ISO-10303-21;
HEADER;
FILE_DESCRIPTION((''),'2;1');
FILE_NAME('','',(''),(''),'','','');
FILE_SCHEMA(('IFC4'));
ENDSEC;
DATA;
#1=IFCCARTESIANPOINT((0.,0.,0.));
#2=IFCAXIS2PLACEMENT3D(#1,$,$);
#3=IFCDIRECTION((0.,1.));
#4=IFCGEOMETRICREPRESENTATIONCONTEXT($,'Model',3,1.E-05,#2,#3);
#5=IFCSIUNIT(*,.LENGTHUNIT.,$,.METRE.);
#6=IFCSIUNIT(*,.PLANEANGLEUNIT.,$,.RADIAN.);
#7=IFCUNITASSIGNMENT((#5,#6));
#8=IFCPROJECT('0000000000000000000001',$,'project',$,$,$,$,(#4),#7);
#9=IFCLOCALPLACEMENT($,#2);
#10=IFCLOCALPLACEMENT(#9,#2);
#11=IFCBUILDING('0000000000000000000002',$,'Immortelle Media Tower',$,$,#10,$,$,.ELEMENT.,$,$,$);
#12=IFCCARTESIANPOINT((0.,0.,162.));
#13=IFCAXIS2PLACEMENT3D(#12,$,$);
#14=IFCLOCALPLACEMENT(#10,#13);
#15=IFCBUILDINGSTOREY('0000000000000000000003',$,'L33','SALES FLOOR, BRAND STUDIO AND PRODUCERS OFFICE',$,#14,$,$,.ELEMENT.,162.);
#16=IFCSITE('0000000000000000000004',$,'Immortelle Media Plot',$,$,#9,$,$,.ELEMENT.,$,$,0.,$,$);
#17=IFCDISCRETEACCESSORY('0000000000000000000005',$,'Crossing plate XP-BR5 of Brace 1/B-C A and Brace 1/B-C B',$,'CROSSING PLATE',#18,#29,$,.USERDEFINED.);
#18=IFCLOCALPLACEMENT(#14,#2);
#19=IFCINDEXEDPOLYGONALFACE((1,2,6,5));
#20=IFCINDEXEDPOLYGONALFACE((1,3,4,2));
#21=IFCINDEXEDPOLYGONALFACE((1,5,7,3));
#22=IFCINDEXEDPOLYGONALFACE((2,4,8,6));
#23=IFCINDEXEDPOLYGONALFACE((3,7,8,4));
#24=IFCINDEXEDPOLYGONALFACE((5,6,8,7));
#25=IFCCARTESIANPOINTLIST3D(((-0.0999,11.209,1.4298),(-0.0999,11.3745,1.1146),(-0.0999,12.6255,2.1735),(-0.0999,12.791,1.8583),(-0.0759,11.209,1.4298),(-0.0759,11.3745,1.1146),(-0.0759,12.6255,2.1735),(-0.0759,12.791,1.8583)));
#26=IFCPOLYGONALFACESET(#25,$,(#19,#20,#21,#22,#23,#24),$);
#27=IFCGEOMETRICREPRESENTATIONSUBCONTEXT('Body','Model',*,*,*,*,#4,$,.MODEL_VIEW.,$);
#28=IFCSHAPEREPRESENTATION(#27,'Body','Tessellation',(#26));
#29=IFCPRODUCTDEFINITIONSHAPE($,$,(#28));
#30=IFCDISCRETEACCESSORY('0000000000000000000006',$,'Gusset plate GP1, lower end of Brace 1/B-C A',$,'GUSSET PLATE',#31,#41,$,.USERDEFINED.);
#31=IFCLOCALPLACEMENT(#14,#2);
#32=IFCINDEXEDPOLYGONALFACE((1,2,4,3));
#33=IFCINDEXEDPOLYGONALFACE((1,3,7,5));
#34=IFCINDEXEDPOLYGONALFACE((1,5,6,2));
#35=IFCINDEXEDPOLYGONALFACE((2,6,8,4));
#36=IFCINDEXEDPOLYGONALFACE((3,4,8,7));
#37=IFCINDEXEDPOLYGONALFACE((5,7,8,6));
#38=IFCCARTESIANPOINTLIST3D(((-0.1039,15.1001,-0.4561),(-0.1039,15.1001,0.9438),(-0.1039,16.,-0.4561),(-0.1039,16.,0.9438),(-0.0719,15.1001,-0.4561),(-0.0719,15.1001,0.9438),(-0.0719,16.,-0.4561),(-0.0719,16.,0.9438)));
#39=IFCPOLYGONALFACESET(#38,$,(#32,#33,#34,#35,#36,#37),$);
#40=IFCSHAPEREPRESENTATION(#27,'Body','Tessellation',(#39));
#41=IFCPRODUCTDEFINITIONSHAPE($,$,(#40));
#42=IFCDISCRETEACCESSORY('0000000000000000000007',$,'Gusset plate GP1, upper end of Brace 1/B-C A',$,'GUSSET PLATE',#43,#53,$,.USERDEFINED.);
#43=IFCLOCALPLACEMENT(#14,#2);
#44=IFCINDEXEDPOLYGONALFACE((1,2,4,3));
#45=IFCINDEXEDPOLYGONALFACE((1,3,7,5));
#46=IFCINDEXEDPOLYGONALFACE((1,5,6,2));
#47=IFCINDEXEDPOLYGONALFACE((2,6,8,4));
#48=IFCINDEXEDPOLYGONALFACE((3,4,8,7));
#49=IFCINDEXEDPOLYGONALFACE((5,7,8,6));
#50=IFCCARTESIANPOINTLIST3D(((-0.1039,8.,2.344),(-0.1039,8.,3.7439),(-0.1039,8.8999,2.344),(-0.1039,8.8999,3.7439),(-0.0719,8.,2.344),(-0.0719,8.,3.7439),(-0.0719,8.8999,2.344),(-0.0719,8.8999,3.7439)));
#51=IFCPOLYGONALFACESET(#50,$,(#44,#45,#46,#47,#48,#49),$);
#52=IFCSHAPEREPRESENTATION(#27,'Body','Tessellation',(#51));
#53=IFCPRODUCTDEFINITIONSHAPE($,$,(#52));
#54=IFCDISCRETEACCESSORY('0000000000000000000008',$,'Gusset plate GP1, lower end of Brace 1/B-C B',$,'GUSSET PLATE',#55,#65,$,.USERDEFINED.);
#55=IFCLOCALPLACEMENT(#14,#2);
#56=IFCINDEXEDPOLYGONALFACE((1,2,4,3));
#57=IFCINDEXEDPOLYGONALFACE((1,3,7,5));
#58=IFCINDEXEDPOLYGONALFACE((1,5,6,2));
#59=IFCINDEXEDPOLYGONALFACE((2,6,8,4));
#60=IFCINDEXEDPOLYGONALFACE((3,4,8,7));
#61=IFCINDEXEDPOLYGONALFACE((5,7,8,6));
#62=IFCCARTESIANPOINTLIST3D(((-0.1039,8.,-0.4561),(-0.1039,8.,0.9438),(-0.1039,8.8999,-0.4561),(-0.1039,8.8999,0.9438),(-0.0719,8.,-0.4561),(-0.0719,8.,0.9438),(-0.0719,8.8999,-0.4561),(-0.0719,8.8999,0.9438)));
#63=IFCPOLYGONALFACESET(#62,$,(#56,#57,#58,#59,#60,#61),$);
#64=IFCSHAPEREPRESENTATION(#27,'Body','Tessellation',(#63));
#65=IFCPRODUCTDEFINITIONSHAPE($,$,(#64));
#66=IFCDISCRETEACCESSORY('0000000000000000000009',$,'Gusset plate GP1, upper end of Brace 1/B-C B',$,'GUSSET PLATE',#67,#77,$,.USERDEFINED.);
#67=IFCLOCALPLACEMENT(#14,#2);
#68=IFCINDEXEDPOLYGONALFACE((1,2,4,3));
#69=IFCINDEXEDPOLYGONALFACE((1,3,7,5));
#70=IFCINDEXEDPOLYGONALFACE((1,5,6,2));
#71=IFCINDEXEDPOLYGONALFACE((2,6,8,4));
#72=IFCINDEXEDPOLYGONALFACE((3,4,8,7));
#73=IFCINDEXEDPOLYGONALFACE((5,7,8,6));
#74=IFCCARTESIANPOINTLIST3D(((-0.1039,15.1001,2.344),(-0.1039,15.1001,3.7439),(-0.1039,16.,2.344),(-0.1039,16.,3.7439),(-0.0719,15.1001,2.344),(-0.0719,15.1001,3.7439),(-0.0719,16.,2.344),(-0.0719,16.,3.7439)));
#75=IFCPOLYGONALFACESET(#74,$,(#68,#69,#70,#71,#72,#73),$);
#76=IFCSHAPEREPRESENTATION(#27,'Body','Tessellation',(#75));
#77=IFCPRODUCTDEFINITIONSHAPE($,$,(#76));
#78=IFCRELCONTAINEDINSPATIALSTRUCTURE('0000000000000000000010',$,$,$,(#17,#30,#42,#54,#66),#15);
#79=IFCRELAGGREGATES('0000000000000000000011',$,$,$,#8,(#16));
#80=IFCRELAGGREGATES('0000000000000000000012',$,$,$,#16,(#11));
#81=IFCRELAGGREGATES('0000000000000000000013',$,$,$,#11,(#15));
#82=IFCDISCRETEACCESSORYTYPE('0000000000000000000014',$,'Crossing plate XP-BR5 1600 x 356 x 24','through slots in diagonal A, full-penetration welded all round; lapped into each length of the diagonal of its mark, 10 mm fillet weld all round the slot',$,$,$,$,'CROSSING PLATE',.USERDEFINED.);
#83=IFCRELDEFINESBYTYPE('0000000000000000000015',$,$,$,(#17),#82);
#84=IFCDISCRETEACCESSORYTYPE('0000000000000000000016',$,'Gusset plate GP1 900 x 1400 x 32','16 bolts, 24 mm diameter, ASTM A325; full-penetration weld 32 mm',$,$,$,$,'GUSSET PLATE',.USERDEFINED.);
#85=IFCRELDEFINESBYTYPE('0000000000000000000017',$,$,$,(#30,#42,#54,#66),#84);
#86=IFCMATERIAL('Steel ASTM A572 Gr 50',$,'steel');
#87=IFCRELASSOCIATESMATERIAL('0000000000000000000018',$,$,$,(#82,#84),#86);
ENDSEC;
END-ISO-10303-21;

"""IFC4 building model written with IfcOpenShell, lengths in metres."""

from ifc_helpers import new_model, si_unit, direction, frame, origin, origin_2d, place, context, subcontext, project, spatial, rectangle, extrude, material, material_profile, profile_set, type_object, element, save


model = new_model("IFC4")

# Units and contexts
model_context = context("Model", 3, precision=1e-05, world=origin(), true_north=direction((0.0, 1.0)))
body_context = subcontext(model_context, "Body", "Model", "MODEL_VIEW")
ifc_project = project(units=[si_unit("LENGTHUNIT", "METRE"), si_unit("PLANEANGLEUNIT", "RADIAN")], contexts=[model_context])

# Site, building, storey
site_placement = place(None, origin())
site = spatial("IfcSite", under=ifc_project, at=site_placement, Name="Immortelle Media Plot", CompositionType="ELEMENT", RefElevation=0.0)
building_placement = place(site_placement, origin())
building = spatial("IfcBuilding", under=site, at=building_placement, Name="Immortelle Media Tower", CompositionType="ELEMENT")
storey_placement = place(building_placement, frame((0.0, 0.0, 162.0)))
storey = spatial("IfcBuildingStorey", under=building, at=storey_placement, Name="L33", Description="SALES FLOOR, BRAND STUDIO AND PRODUCERS OFFICE", CompositionType="ELEMENT", Elevation=162.0)

# Discrete accessories
ifc_material_1 = material(Name="Steel ASTM A572 Gr 50", Category="steel")
ifc_material_profile_1 = material_profile(ifc_material_1, rectangle(XDim=0.0239, YDim=0.356, at=origin_2d()), Name="PL 24 x 356")
ifc_profile_set_1 = profile_set([ifc_material_profile_1], Name="Steel ASTM A572 Gr 50")
discrete_accessory_type_1 = type_object("IfcDiscreteAccessoryType", Name="Crossing plate XP-BR5 1600 x 356 x 24", Description="through slots in diagonal A, full-penetration welded all round; lapped into each length of the diagonal of its mark, 10 mm fillet weld all round the slot", ElementType="CROSSING PLATE", PredefinedType="USERDEFINED", material=ifc_profile_set_1)
discrete_accessory_placement = place(storey_placement, frame((-0.0879, 12.7083, 2.0159), z_axis=(0.0, -0.885401, -0.464828), x_axis=(1.0, 0.0, 0.0)))
element("IfcDiscreteAccessory", 1, at=discrete_accessory_placement, inside=storey, type_object=discrete_accessory_type_1, Name="Crossing plate XP-BR5 of Brace 1/B-C A and Brace 1/B-C B", ObjectType="CROSSING PLATE", PredefinedType="USERDEFINED", context=body_context, shape_type="SweptSolid", body=[
    extrude(rectangle(XDim=0.0239, YDim=0.356, at=origin_2d()), origin(), (0.0, 0.0, 1.0), 1.5999),
])
ifc_material_profile_2 = material_profile(ifc_material_1, rectangle(XDim=0.032, YDim=1.3999, at=origin_2d()), Name="PL 32 x 1400")
ifc_profile_set_2 = profile_set([ifc_material_profile_2], Name="Steel ASTM A572 Gr 50")
discrete_accessory_type_2 = type_object("IfcDiscreteAccessoryType", Name="Gusset plate GP1 900 x 1400 x 32", Description="16 bolts, 24 mm diameter, ASTM A325; full-penetration weld 32 mm", ElementType="GUSSET PLATE", PredefinedType="USERDEFINED", material=ifc_profile_set_2)
for number, where, z_axis, x_axis, name in (
    (2, (-0.0879, 16.0, 0.2439), (0.0, -1.0, 0.0), (1.0, 0.0, 0.0), "Gusset plate GP1, lower end of Brace 1/B-C A"),
    (3, (-0.0879, 8.0, 3.0439), (0.0, 1.0, 0.0), (-1.0, 0.0, 0.0), "Gusset plate GP1, upper end of Brace 1/B-C A"),
    (4, (-0.0879, 8.0, 0.2439), (0.0, 1.0, 0.0), (-1.0, 0.0, 0.0), "Gusset plate GP1, lower end of Brace 1/B-C B"),
    (5, (-0.0879, 16.0, 3.0439), (0.0, -1.0, 0.0), (1.0, 0.0, 0.0), "Gusset plate GP1, upper end of Brace 1/B-C B"),
):
    element("IfcDiscreteAccessory", number, at=place(storey_placement, frame(where, z_axis=z_axis, x_axis=x_axis)), inside=storey, type_object=discrete_accessory_type_2, Name=name, ObjectType="GUSSET PLATE", PredefinedType="USERDEFINED", context=body_context, shape_type="SweptSolid", body=[
        extrude(rectangle(XDim=0.032, YDim=1.3999, at=origin_2d()), origin(), (0.0, 0.0, 1.0), 0.8999),
    ])

save(model, "model.ifc")
